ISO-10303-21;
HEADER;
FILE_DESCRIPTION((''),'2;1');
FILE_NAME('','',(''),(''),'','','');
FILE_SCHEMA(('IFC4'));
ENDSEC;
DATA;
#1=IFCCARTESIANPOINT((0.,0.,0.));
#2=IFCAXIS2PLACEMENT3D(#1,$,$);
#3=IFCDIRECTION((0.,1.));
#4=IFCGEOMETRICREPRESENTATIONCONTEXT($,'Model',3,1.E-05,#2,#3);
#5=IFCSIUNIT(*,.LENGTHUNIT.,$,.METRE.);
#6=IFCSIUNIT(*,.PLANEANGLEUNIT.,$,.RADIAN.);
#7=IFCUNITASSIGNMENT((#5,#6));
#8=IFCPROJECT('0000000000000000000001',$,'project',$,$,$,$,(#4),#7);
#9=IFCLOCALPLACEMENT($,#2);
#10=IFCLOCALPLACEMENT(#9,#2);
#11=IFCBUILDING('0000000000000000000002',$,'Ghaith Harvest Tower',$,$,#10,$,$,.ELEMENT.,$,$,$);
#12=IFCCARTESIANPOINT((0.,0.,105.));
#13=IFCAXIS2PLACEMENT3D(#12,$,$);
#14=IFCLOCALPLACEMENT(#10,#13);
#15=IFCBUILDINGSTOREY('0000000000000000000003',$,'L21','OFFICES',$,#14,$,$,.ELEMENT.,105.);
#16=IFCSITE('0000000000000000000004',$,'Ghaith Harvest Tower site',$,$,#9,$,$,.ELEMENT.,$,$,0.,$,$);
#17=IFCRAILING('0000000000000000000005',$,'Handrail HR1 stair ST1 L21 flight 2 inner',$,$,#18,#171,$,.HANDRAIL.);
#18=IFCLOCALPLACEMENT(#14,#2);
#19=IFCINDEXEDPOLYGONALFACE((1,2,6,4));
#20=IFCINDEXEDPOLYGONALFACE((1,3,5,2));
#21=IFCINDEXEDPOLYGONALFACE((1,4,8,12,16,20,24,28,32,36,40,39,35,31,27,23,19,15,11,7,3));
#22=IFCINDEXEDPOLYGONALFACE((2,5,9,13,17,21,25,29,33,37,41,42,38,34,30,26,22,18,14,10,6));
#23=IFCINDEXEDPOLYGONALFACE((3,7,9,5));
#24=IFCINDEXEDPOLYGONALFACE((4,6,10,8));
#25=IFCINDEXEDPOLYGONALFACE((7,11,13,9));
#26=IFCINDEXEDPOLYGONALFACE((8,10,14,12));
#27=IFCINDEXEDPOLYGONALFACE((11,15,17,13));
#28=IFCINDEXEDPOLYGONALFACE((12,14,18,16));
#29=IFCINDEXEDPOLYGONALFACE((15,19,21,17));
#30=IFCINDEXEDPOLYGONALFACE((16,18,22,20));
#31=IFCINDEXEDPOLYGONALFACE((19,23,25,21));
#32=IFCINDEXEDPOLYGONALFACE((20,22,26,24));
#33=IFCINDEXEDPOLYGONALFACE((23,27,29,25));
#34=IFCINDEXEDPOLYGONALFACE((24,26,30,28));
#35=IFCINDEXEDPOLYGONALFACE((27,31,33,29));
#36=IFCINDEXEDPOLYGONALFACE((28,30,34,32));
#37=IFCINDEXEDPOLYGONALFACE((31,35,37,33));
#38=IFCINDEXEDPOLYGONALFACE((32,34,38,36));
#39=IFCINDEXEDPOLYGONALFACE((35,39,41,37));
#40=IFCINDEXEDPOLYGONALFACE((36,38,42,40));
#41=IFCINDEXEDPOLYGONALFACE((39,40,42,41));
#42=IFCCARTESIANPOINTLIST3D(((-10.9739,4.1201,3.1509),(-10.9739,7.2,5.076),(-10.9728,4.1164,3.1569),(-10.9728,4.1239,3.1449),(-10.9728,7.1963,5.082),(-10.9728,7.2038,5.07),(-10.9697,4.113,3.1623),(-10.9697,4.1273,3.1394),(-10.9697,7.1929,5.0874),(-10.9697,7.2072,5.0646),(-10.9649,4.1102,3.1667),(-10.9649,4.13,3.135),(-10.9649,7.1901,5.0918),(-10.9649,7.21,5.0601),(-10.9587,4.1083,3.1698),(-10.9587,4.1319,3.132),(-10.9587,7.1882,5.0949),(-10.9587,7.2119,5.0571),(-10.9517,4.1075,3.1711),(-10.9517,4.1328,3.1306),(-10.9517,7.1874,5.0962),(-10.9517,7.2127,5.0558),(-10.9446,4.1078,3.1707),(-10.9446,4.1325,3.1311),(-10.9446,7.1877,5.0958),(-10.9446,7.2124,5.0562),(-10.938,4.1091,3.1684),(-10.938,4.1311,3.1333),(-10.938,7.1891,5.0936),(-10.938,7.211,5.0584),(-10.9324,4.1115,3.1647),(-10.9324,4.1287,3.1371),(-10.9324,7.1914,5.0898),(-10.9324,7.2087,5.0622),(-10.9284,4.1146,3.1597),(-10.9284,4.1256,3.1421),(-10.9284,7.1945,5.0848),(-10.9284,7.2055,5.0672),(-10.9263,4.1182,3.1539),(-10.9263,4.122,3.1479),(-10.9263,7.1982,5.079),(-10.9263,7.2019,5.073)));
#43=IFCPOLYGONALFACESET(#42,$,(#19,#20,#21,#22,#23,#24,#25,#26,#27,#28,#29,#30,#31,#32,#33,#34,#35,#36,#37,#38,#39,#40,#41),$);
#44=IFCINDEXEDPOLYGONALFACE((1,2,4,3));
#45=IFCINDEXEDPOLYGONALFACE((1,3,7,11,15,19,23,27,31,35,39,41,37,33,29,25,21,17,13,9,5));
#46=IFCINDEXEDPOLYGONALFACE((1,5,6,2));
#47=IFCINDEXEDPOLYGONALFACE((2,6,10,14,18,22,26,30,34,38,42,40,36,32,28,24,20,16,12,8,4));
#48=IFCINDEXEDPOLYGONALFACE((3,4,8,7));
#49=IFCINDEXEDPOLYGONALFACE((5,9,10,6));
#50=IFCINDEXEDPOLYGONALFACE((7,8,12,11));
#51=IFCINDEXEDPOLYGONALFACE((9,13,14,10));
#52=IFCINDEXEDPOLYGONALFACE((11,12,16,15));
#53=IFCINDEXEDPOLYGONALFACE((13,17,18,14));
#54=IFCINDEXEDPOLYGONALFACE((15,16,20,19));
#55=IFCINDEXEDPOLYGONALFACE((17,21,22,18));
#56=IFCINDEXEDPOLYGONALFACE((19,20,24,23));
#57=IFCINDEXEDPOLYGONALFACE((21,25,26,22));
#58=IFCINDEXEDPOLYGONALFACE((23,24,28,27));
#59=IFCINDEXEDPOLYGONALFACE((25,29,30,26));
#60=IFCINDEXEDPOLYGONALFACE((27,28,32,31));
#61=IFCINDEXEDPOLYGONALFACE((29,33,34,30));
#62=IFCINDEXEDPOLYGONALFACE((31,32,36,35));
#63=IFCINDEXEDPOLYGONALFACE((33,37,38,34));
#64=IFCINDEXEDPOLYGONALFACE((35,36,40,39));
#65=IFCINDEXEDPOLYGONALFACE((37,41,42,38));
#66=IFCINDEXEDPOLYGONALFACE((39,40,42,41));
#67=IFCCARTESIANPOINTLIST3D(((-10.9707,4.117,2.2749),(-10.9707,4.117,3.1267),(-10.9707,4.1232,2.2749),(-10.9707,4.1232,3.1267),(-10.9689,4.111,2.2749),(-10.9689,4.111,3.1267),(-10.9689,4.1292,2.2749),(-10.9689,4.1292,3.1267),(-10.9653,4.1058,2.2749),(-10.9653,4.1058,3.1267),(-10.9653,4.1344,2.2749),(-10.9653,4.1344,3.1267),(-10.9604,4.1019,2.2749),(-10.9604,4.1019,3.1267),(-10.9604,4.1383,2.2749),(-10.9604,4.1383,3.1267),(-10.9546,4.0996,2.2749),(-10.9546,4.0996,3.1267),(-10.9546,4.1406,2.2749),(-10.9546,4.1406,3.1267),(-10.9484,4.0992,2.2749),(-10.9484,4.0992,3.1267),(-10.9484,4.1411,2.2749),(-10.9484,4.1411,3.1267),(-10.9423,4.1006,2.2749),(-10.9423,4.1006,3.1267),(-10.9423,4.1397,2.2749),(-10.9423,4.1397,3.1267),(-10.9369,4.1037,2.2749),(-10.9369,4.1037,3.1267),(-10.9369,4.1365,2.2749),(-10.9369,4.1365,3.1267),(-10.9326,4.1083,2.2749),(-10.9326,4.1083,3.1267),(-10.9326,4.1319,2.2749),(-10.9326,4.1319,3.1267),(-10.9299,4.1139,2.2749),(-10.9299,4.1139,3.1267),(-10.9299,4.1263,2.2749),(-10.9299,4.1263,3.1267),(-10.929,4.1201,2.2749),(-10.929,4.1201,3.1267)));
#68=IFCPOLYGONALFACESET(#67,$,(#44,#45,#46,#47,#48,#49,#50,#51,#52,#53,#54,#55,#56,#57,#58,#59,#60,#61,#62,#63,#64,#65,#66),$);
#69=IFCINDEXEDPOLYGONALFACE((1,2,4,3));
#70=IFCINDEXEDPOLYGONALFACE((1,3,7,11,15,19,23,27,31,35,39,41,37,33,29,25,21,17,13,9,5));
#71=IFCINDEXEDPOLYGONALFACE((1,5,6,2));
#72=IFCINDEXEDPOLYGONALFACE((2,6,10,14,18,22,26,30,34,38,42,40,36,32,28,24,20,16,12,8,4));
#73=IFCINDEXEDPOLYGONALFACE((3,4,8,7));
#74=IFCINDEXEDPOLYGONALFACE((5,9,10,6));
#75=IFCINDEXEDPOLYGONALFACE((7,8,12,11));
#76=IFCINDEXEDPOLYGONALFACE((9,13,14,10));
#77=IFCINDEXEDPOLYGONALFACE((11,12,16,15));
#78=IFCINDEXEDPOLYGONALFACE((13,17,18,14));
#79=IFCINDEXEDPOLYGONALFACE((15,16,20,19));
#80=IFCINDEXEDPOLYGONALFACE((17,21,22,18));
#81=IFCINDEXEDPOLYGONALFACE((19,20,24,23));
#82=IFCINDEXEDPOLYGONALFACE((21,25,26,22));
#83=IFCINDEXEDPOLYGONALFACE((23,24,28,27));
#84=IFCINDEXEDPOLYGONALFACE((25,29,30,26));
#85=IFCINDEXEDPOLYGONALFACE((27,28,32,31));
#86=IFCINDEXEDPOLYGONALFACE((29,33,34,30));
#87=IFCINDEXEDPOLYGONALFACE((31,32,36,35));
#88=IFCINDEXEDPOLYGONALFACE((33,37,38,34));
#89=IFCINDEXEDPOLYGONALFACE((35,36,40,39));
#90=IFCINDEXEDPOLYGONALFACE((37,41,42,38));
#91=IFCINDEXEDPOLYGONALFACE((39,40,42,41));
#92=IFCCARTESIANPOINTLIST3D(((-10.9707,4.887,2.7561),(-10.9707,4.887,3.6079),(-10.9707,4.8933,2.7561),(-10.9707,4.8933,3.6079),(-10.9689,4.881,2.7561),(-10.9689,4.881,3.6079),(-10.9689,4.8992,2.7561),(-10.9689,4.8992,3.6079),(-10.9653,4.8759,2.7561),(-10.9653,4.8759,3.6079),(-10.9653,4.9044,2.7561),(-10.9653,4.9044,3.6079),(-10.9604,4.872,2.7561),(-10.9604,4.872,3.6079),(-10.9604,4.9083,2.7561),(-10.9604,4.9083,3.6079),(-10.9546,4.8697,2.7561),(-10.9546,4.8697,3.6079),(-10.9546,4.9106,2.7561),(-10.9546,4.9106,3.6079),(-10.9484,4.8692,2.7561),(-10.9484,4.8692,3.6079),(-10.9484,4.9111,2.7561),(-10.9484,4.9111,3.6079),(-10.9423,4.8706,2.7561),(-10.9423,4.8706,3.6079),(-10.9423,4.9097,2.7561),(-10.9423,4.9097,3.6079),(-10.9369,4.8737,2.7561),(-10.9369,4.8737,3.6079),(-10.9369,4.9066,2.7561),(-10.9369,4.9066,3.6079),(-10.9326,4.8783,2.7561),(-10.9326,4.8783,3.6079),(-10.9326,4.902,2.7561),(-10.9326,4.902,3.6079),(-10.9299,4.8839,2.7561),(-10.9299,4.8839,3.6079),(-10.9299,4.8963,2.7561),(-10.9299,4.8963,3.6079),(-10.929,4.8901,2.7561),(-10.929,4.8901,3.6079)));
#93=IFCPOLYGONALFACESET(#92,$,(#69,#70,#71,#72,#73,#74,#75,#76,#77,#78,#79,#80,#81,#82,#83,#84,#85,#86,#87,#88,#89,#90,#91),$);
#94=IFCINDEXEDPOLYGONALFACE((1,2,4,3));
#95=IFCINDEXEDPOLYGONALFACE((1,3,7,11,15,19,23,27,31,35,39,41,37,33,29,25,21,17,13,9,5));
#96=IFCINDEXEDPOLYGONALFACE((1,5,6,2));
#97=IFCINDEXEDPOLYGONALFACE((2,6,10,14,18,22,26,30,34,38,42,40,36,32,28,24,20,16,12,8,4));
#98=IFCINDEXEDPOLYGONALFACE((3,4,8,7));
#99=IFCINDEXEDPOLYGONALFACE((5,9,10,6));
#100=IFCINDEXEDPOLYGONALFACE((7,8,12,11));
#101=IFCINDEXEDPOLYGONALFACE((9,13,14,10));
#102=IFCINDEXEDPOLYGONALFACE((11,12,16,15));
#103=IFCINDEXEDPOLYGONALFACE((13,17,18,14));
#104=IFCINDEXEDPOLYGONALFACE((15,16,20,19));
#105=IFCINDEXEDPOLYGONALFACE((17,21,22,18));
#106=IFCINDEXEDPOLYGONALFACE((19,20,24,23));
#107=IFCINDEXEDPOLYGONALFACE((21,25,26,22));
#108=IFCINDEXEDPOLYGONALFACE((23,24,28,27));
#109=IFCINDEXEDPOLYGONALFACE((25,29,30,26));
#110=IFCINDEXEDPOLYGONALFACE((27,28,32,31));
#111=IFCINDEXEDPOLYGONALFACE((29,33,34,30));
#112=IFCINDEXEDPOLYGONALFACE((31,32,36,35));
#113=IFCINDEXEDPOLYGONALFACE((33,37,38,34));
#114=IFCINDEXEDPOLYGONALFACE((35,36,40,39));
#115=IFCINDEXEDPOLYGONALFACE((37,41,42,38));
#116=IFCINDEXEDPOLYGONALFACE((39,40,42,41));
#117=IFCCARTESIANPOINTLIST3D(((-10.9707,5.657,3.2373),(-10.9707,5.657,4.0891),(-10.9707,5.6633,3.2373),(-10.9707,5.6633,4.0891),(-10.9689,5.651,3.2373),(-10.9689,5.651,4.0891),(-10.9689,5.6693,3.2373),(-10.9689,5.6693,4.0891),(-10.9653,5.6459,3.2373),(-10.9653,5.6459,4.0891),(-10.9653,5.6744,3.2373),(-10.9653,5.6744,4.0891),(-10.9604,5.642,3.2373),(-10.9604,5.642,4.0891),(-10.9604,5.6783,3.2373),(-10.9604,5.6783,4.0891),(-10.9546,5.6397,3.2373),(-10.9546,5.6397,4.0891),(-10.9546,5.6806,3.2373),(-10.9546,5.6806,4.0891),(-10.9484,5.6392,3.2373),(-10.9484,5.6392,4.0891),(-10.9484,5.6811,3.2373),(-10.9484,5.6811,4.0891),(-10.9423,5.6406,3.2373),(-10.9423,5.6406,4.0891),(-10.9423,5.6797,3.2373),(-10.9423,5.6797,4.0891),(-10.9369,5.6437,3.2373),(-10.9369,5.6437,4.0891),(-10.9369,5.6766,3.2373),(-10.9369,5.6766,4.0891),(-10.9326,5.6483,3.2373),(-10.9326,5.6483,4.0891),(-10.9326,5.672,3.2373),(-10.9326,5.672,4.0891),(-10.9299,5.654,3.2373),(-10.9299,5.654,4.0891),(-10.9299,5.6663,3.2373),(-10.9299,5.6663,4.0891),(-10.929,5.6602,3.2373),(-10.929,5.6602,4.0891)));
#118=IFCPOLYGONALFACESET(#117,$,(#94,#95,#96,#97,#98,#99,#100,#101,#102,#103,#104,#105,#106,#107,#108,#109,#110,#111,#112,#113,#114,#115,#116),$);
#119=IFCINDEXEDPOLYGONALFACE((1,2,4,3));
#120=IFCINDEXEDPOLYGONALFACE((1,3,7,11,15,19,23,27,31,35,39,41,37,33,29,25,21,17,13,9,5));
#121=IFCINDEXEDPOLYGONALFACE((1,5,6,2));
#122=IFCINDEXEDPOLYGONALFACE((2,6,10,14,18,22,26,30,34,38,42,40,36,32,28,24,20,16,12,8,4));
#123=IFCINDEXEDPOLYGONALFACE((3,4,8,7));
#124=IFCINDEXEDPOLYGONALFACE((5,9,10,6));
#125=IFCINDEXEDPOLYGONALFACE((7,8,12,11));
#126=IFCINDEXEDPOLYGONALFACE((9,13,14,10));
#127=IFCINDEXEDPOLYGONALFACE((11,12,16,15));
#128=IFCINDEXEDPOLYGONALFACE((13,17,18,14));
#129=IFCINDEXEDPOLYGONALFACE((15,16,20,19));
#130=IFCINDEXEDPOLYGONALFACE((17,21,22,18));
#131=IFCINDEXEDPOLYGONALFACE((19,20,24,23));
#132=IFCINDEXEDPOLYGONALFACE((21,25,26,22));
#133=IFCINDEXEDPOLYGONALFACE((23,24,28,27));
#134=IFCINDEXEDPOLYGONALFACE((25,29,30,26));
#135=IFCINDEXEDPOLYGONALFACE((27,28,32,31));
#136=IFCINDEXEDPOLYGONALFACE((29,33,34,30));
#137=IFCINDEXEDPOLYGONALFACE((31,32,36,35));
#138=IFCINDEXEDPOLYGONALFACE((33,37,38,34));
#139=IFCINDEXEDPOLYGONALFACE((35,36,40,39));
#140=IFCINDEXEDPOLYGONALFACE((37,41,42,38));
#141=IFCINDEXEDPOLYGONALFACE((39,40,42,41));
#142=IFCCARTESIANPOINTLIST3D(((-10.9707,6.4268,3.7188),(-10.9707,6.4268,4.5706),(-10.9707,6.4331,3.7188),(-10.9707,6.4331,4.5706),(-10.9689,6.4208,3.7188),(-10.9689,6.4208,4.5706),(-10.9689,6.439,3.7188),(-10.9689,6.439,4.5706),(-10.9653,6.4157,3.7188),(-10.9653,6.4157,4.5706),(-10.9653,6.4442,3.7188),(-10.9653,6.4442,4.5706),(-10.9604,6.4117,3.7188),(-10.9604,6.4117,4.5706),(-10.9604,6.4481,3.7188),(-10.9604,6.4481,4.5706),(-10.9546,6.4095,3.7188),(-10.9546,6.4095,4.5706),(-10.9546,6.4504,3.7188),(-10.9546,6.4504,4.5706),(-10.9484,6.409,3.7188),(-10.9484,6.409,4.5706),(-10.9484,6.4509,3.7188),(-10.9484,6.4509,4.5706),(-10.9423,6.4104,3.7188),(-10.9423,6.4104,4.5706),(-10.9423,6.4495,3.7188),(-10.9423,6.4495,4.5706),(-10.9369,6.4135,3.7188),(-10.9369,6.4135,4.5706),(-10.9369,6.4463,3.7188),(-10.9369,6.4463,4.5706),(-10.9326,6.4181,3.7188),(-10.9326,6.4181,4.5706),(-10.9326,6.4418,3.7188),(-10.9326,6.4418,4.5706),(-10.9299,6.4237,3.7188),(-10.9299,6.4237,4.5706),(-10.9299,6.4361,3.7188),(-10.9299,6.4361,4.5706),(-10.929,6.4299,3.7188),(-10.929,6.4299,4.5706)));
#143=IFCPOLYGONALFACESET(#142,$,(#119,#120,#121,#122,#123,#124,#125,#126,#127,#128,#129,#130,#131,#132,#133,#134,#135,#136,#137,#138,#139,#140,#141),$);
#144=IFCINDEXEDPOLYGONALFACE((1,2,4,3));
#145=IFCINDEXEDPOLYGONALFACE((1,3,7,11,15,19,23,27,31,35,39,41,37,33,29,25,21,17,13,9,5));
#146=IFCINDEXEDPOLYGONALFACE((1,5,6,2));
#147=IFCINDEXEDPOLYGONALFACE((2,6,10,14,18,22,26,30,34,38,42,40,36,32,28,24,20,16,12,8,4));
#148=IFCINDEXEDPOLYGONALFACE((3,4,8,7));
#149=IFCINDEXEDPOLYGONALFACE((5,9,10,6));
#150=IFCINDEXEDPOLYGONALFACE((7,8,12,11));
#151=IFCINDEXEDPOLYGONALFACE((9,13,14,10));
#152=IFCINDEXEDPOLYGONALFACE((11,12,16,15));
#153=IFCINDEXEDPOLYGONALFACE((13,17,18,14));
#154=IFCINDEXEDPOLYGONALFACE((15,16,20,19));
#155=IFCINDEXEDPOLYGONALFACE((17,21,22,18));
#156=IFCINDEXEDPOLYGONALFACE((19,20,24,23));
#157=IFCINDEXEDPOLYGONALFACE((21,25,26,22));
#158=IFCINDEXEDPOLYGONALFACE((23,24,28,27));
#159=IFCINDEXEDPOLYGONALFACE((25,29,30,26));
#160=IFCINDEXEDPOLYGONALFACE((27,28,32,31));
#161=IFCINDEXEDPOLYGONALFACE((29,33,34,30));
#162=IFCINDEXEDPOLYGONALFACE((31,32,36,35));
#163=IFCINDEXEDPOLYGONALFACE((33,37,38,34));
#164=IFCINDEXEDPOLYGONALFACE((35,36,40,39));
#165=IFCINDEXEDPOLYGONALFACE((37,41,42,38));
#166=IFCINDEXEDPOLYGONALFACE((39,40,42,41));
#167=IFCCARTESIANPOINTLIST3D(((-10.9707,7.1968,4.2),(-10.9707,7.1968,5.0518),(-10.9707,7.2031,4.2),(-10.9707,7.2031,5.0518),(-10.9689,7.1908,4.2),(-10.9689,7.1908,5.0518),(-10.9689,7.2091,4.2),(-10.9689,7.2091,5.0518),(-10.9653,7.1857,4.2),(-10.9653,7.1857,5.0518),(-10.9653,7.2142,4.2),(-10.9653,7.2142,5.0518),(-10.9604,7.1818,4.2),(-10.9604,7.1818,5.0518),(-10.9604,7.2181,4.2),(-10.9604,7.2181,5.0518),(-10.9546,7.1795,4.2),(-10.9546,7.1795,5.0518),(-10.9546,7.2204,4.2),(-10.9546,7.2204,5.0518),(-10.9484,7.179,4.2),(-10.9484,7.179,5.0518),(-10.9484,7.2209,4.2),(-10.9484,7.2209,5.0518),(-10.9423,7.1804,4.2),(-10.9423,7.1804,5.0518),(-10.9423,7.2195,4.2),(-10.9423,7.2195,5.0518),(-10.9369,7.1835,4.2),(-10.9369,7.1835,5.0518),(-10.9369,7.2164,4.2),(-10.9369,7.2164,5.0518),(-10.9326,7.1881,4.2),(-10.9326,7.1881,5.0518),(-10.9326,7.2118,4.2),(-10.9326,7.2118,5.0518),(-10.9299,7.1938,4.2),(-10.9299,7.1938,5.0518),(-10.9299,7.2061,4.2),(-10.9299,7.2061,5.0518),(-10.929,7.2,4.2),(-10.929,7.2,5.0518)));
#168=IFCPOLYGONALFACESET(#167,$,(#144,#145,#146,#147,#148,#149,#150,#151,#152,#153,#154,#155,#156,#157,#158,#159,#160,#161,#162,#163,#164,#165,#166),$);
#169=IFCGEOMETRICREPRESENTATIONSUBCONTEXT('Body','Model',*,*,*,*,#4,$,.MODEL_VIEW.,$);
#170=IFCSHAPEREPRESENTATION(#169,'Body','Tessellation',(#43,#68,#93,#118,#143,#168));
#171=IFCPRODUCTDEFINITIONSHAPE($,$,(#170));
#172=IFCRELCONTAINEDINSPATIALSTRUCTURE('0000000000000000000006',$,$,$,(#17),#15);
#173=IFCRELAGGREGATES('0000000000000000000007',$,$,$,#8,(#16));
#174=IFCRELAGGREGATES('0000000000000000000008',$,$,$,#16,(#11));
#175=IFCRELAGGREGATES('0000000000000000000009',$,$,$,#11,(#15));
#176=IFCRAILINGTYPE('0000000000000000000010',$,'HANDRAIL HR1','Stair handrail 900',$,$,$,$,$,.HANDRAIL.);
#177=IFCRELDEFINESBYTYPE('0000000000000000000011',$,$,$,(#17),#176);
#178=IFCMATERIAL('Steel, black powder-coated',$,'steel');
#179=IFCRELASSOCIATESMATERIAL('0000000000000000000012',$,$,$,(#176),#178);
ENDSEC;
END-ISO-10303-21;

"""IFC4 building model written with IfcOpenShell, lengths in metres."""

from ifc_helpers import new_model, si_unit, direction, frame, origin, origin_2d, place, context, subcontext, project, spatial, circle, extrude, material, type_object, element, save


model = new_model("IFC4")

# Units and contexts
model_context = context("Model", 3, precision=1e-05, world=origin(), true_north=direction((0.0, 1.0)))
body_context = subcontext(model_context, "Body", "Model", "MODEL_VIEW")
ifc_project = project(units=[si_unit("LENGTHUNIT", "METRE"), si_unit("PLANEANGLEUNIT", "RADIAN")], contexts=[model_context])

# Site, building, storey
site_placement = place(None, origin())
site = spatial("IfcSite", under=ifc_project, at=site_placement, Name="Ghaith Harvest Tower site", CompositionType="ELEMENT", RefElevation=0.0)
building_placement = place(site_placement, origin())
building = spatial("IfcBuilding", under=site, at=building_placement, Name="Ghaith Harvest Tower", CompositionType="ELEMENT")
storey_placement = place(building_placement, frame((0.0, 0.0, 105.0)))
storey = spatial("IfcBuildingStorey", under=building, at=storey_placement, Name="L21", Description="OFFICES", CompositionType="ELEMENT", Elevation=105.0)

# Railing
ifc_material_1 = material(Name="Steel, black powder-coated", Category="steel")
railing_type = type_object("IfcRailingType", Name="HANDRAIL HR1", Description="Stair handrail 900", PredefinedType="HANDRAIL", material=ifc_material_1)
railing_1_placement = place(storey_placement, frame((-10.95, 4.1201, 2.2749)))
element("IfcRailing", 1, at=railing_1_placement, inside=storey, type_object=railing_type, Name="Handrail HR1 stair ST1 L21 flight 2 inner", PredefinedType="HANDRAIL", context=body_context, shape_type="SweptSolid", body=[
    extrude(circle(Radius=0.0239, at=origin_2d()), frame((0.0, 0.0, 0.876), z_axis=(0.0, 0.847979, 0.530029), x_axis=(-1.0, 0.0, 0.0)), (0.0, 0.0, 1.0), 3.6321),
    extrude(circle(Radius=0.021, at=origin_2d()), origin(), (0.0, 0.0, 1.0), 0.8518),
    extrude(circle(Radius=0.021, at=origin_2d()), frame((0.0, 0.77, 0.4812)), (0.0, 0.0, 1.0), 0.8518),
    extrude(circle(Radius=0.021, at=origin_2d()), frame((0.0, 1.54, 0.9624)), (0.0, 0.0, 1.0), 0.8518),
    extrude(circle(Radius=0.021, at=origin_2d()), frame((0.0, 2.3098, 1.4438)), (0.0, 0.0, 1.0), 0.8518),
    extrude(circle(Radius=0.021, at=origin_2d()), frame((0.0, 3.0798, 1.925)), (0.0, 0.0, 1.0), 0.8518),
])

save(model, "model.ifc")
